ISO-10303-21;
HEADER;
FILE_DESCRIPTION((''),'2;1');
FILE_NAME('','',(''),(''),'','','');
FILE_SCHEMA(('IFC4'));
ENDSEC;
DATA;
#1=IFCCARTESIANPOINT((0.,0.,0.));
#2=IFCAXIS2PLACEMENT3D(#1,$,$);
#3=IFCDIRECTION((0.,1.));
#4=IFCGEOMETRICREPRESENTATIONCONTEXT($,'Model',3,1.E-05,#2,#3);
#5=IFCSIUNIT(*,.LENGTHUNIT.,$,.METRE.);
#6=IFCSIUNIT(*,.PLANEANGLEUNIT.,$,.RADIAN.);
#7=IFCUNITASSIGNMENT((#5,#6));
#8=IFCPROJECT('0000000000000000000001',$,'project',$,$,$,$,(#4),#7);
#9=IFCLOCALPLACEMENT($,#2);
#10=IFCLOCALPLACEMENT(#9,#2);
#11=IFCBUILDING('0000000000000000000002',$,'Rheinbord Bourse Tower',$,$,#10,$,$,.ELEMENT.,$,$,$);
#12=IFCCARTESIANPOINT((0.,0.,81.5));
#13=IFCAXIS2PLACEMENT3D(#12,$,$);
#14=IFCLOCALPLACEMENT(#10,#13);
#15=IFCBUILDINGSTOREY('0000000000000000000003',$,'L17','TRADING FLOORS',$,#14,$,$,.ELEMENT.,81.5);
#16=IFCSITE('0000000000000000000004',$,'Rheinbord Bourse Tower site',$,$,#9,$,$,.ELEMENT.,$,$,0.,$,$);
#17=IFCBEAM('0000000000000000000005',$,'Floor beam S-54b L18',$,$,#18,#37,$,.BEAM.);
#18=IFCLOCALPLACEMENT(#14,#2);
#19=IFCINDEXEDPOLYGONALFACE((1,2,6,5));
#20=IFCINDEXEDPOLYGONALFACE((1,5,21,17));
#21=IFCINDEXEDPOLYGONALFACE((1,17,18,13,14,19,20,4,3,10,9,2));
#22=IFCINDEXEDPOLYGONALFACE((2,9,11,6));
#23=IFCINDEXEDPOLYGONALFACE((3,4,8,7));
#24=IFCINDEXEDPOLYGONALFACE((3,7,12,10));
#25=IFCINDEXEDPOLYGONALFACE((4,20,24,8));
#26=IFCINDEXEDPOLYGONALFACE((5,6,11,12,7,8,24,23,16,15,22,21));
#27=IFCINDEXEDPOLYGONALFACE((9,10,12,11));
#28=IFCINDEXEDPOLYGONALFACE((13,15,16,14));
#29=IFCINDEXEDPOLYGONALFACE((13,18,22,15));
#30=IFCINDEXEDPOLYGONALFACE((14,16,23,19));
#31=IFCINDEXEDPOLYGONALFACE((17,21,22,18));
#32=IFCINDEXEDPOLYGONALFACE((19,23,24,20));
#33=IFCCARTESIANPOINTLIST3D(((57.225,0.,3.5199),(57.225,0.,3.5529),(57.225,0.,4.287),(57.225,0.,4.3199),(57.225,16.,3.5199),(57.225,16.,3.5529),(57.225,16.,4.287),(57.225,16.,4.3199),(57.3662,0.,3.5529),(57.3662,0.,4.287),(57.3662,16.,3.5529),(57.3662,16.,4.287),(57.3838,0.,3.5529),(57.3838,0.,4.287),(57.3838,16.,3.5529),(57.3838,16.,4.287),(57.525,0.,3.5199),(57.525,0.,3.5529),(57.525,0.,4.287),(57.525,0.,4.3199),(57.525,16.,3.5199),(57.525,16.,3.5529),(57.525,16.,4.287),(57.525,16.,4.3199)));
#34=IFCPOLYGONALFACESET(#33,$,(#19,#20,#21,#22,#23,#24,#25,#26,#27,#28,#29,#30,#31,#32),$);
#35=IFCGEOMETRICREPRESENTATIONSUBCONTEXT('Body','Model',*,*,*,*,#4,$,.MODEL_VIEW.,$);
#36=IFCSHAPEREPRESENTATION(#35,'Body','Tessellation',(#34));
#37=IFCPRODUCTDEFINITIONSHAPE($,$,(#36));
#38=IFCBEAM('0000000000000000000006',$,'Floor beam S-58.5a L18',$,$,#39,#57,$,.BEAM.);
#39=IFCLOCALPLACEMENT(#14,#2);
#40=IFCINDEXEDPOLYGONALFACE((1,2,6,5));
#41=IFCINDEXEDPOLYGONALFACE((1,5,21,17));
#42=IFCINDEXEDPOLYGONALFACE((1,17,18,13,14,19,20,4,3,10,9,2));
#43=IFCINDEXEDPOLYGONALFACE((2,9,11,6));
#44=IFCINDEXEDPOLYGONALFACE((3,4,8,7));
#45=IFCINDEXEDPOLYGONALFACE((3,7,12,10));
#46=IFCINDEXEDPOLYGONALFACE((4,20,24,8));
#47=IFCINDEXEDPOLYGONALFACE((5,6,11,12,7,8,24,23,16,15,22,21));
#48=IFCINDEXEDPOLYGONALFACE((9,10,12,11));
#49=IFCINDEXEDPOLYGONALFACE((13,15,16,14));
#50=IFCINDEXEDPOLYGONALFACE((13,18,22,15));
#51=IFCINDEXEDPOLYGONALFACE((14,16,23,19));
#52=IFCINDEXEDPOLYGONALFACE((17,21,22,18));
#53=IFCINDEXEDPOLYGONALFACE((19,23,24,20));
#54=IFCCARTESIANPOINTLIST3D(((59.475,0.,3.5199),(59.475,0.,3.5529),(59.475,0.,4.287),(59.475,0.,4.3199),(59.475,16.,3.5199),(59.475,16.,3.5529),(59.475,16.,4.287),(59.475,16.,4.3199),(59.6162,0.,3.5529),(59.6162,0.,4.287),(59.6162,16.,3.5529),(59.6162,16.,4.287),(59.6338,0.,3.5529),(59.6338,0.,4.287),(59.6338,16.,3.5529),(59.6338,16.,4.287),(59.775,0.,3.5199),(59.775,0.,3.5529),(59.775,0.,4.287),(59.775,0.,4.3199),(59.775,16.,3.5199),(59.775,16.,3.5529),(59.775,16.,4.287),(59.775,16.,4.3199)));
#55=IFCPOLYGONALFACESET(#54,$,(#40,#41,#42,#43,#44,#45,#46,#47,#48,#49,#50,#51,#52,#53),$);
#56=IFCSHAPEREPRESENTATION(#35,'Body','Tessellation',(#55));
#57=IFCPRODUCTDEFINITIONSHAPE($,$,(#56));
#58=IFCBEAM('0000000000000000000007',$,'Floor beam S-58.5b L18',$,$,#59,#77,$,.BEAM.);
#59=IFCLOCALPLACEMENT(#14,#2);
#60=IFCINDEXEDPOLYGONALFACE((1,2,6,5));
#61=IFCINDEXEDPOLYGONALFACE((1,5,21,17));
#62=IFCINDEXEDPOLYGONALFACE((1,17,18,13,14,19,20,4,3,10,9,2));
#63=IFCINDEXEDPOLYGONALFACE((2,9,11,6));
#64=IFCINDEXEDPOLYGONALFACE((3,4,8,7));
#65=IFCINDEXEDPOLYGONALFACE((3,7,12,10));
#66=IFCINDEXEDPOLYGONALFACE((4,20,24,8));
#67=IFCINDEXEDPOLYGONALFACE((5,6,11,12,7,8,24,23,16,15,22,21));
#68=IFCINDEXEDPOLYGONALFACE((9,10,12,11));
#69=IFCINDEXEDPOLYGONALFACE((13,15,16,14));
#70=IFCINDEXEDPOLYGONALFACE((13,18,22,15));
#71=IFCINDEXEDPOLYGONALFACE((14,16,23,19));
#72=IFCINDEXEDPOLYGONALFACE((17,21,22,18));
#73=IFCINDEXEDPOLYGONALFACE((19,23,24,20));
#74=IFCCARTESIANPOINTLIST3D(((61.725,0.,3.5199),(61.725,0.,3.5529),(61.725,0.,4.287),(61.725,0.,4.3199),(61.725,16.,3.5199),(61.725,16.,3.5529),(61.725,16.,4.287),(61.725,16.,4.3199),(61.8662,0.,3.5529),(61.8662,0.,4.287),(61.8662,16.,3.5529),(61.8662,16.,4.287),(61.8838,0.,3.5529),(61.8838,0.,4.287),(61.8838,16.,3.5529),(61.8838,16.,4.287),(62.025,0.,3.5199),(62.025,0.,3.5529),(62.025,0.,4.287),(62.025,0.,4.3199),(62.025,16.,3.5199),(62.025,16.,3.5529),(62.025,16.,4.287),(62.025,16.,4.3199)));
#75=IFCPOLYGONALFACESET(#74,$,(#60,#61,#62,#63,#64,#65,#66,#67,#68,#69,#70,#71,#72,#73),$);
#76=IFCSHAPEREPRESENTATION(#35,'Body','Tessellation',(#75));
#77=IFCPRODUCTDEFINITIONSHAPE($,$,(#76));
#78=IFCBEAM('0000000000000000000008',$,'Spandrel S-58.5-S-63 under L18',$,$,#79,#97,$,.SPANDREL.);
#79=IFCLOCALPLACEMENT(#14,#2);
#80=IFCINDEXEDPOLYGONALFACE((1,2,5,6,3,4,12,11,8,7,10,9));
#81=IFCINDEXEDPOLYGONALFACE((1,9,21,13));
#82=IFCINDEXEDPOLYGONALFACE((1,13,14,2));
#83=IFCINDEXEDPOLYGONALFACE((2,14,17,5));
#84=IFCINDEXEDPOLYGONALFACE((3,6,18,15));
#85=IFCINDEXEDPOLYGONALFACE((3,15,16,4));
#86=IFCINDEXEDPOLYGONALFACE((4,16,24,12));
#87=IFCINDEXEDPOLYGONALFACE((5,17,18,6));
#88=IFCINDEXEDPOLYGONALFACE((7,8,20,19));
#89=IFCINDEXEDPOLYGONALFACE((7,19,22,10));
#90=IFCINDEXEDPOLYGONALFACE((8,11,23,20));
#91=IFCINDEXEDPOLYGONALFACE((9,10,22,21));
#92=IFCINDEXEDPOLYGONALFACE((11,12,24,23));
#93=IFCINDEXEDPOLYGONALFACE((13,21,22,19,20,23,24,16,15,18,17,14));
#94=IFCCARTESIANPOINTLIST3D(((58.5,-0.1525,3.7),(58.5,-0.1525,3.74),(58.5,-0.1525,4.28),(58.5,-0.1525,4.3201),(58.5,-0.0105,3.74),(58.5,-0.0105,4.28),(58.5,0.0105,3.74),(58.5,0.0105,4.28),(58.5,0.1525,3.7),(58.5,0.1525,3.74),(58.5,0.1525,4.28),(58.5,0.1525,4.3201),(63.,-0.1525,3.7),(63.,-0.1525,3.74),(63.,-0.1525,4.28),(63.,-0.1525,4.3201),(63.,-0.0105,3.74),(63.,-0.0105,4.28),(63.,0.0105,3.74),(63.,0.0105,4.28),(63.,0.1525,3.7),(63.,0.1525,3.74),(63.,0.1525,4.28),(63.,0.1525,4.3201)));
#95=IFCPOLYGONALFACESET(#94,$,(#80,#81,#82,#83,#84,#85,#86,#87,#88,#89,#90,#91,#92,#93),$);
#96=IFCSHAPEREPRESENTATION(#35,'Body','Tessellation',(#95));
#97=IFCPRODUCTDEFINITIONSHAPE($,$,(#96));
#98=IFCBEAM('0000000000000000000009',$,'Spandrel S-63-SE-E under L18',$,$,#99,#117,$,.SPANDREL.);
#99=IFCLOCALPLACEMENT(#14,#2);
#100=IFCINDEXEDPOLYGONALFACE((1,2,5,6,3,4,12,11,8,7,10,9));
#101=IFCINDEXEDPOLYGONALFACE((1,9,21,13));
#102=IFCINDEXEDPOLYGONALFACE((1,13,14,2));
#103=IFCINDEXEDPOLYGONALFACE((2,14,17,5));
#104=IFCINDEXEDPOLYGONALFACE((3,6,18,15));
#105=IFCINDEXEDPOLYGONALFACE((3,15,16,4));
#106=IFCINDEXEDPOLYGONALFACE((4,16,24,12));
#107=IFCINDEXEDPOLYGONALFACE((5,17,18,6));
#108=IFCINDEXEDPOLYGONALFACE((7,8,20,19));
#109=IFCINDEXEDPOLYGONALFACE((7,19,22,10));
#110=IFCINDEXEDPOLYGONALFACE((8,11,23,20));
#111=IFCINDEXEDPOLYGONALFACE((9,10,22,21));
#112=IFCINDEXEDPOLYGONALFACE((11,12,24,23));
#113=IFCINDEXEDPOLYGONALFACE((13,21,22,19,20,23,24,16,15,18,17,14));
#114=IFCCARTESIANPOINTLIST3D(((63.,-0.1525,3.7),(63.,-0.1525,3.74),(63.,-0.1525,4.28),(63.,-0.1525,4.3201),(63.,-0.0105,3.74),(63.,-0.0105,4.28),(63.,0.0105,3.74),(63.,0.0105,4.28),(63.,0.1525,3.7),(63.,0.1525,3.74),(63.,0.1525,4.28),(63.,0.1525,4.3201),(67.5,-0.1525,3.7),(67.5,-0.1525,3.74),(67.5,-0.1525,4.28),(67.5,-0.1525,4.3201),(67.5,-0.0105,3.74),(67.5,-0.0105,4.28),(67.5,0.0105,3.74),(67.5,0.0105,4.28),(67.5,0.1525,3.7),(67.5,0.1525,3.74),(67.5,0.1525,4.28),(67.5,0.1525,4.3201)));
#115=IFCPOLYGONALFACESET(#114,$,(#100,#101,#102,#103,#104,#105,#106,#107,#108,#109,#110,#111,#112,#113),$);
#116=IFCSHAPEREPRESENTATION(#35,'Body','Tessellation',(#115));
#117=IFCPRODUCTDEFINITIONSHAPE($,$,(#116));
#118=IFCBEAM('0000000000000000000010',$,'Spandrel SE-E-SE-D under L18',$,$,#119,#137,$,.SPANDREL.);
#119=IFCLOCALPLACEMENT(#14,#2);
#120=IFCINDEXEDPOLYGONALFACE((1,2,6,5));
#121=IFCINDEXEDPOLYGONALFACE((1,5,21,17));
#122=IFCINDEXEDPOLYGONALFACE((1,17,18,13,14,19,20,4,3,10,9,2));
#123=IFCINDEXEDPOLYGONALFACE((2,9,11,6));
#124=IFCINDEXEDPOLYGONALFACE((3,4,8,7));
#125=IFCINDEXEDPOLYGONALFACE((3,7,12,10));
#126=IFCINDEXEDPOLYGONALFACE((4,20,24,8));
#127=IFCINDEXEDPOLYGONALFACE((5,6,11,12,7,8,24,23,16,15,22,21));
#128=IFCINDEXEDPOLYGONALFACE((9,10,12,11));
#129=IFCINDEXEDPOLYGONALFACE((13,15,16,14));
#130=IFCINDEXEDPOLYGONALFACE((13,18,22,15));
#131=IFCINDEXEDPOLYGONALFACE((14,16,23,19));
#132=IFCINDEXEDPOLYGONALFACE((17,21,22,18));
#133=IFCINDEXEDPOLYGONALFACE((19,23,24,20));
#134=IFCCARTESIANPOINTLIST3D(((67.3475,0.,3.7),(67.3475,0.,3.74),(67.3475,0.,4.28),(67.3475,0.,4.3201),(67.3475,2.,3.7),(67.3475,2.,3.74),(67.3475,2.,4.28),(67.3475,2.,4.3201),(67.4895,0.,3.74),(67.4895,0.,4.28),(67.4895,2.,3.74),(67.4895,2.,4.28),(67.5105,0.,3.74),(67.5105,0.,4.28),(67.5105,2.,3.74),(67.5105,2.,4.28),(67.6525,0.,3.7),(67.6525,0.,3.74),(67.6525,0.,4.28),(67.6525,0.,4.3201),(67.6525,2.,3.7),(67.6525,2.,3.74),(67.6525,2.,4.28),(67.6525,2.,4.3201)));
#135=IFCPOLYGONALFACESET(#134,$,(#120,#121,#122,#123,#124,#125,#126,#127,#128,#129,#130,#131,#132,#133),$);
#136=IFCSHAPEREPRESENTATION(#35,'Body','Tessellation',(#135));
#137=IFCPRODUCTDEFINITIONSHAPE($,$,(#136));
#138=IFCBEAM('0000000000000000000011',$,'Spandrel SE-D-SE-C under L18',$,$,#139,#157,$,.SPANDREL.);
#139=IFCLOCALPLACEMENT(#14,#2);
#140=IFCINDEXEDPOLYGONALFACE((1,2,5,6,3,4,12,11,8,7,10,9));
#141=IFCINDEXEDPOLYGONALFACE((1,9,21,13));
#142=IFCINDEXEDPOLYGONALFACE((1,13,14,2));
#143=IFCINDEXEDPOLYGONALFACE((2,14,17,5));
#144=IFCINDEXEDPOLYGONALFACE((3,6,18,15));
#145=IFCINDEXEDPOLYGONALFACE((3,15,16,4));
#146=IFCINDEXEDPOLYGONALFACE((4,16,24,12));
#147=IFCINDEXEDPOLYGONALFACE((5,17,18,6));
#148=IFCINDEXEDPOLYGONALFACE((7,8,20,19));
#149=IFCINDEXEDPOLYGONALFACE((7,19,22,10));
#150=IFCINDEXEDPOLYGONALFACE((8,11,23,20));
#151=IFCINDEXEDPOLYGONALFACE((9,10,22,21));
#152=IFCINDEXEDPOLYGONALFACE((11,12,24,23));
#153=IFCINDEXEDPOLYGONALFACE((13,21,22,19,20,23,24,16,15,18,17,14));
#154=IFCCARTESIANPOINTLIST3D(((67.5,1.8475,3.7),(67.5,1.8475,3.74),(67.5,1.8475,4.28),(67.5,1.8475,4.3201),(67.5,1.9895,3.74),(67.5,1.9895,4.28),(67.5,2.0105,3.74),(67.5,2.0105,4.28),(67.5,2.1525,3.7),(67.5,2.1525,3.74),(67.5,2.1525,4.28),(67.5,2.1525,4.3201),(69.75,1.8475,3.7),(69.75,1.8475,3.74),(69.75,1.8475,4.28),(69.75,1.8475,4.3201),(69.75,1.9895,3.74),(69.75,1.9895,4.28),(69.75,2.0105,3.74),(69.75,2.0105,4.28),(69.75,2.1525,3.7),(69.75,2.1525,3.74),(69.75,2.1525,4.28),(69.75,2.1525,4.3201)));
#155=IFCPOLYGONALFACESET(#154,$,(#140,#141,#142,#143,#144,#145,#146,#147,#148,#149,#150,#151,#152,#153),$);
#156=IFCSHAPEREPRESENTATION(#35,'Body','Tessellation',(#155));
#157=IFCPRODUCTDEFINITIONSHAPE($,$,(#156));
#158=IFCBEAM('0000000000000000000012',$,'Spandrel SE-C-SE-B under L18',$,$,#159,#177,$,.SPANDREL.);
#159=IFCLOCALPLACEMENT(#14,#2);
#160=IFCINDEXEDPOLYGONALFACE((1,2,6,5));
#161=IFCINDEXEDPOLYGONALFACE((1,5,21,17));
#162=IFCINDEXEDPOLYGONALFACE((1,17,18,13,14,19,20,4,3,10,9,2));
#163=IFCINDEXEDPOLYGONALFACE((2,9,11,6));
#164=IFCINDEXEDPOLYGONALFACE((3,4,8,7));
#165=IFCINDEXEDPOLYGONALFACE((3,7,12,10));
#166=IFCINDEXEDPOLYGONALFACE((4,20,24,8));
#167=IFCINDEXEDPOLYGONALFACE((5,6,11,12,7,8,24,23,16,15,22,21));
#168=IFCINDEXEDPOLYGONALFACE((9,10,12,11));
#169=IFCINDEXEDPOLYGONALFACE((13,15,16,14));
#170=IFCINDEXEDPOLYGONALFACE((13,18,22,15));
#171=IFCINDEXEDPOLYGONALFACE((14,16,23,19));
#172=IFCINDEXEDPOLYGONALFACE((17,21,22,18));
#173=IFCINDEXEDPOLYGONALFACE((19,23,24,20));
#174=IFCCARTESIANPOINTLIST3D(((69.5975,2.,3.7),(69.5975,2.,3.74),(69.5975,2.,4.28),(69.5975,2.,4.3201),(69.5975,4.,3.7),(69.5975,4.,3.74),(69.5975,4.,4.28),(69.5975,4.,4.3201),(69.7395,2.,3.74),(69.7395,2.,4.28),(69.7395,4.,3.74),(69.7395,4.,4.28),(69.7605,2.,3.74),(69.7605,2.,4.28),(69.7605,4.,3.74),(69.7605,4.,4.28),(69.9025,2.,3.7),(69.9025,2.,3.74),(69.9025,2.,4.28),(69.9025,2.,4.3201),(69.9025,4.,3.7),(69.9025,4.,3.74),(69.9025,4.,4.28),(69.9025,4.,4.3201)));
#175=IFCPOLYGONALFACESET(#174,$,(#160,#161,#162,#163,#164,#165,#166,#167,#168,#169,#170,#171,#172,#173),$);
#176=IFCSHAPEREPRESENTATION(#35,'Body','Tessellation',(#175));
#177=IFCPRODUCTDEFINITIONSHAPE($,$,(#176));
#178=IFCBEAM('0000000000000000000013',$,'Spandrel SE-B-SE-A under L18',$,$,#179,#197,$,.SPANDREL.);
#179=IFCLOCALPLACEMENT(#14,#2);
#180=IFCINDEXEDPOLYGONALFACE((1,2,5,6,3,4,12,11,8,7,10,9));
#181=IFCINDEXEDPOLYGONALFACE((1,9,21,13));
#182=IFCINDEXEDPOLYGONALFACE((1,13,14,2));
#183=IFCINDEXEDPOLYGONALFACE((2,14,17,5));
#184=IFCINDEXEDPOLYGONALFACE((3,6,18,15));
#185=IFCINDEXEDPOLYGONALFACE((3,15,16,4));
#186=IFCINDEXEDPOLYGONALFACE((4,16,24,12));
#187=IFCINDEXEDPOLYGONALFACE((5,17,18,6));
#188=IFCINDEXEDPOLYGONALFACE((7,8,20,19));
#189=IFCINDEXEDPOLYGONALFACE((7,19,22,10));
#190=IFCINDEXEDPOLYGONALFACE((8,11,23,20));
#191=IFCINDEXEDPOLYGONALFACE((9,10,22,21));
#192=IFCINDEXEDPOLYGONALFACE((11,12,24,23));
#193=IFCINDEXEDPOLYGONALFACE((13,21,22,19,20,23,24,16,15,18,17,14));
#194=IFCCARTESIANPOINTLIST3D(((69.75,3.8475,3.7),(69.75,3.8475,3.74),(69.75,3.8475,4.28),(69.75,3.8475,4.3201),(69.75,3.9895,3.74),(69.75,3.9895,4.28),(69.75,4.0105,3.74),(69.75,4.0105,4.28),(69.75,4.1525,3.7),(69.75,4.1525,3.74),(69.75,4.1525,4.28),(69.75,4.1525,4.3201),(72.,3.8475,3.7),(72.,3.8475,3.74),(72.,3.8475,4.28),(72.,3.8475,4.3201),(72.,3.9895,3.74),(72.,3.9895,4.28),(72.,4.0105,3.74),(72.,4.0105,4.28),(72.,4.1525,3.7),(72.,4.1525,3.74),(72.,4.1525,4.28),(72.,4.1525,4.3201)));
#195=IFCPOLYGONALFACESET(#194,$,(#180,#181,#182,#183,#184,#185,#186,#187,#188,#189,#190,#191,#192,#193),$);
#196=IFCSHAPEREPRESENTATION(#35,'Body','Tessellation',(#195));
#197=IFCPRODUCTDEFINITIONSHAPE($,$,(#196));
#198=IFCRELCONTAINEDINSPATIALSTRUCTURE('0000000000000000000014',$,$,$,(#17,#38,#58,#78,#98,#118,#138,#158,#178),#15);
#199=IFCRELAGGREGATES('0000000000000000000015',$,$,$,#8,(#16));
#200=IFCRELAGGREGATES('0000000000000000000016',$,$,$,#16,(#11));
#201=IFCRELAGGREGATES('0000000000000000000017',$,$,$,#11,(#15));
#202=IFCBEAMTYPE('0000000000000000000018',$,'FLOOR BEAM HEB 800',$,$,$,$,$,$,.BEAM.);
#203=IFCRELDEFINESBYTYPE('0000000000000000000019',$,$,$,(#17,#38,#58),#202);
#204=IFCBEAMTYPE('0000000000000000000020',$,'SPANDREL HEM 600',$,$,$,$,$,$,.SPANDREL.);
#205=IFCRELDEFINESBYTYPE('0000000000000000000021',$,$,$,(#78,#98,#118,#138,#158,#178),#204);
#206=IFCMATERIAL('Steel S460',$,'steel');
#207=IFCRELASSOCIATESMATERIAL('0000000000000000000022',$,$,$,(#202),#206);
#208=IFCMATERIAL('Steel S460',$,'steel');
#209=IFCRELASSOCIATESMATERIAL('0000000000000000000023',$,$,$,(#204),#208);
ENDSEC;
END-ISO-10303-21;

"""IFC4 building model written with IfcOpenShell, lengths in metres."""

from ifc_helpers import new_model, si_unit, direction, frame, origin, origin_2d, place, context, subcontext, project, spatial, i_section, extrude, material, material_profile, profile_set, type_object, element, save


model = new_model("IFC4")

# Units and contexts
model_context = context("Model", 3, precision=1e-05, world=origin(), true_north=direction((0.0, 1.0)))
body_context = subcontext(model_context, "Body", "Model", "MODEL_VIEW")
ifc_project = project(units=[si_unit("LENGTHUNIT", "METRE"), si_unit("PLANEANGLEUNIT", "RADIAN")], contexts=[model_context])

# Site, building, storey
site_placement = place(None, origin())
site = spatial("IfcSite", under=ifc_project, at=site_placement, Name="Rheinbord Bourse Tower site", CompositionType="ELEMENT", RefElevation=0.0)
building_placement = place(site_placement, origin())
building = spatial("IfcBuilding", under=site, at=building_placement, Name="Rheinbord Bourse Tower", CompositionType="ELEMENT")
storey_placement = place(building_placement, frame((0.0, 0.0, 81.5)))
storey = spatial("IfcBuildingStorey", under=building, at=storey_placement, Name="L17", Description="TRADING FLOORS", CompositionType="ELEMENT", Elevation=81.5)

# Beams
ifc_material_1 = material(Name="Steel S460", Category="steel")
ifc_material_profile_1 = material_profile(ifc_material_1, i_section(OverallWidth=0.3, OverallDepth=0.8, WebThickness=0.0176, FlangeThickness=0.033, at=origin_2d()), Name="HEB 800")
ifc_profile_set_1 = profile_set([ifc_material_profile_1], Name="Steel S460")
beam_type_1 = type_object("IfcBeamType", Name="FLOOR BEAM HEB 800", PredefinedType="BEAM", material=ifc_profile_set_1)
for number, where, z_axis, x_axis, name in (
    (1, (57.375, 0.0, 3.9199), (0.0, 1.0, 0.0), (-1.0, 0.0, 0.0), "Floor beam S-54b L18"),
    (2, (59.625, 0.0, 3.9199), (0.0, 1.0, 0.0), (-1.0, 0.0, 0.0), "Floor beam S-58.5a L18"),
    (3, (61.875, 0.0, 3.9199), (0.0, 1.0, 0.0), (-1.0, 0.0, 0.0), "Floor beam S-58.5b L18"),
):
    element("IfcBeam", number, at=place(storey_placement, frame(where, z_axis=z_axis, x_axis=x_axis)), inside=storey, type_object=beam_type_1, Name=name, PredefinedType="BEAM", context=body_context, shape_type="SweptSolid", body=[
        extrude(i_section(OverallWidth=0.3, OverallDepth=0.8, WebThickness=0.0176, FlangeThickness=0.033, at=origin_2d()), origin(), (0.0, 0.0, 1.0), 16.0),
    ])
ifc_material_2 = material(Name="Steel S460", Category="steel")
ifc_material_profile_2 = material_profile(ifc_material_2, i_section(OverallWidth=0.3049, OverallDepth=0.6201, WebThickness=0.021, FlangeThickness=0.04, at=origin_2d()), Name="HEM 600")
ifc_profile_set_2 = profile_set([ifc_material_profile_2], Name="Steel S460")
beam_type_2 = type_object("IfcBeamType", Name="SPANDREL HEM 600", PredefinedType="SPANDREL", material=ifc_profile_set_2)
for number, where, z_axis, x_axis, name in (
    (4, (58.5, 0.0, 4.01), (1.0, 0.0, 0.0), (0.0, 1.0, 0.0), "Spandrel S-58.5-S-63 under L18"),
    (5, (63.0, 0.0, 4.01), (1.0, 0.0, 0.0), (0.0, 1.0, 0.0), "Spandrel S-63-SE-E under L18"),
):
    element("IfcBeam", number, at=place(storey_placement, frame(where, z_axis=z_axis, x_axis=x_axis)), inside=storey, type_object=beam_type_2, Name=name, PredefinedType="SPANDREL", context=body_context, shape_type="SweptSolid", body=[
        extrude(i_section(OverallWidth=0.3049, OverallDepth=0.6201, WebThickness=0.021, FlangeThickness=0.04, at=origin_2d()), origin(), (0.0, 0.0, 1.0), 4.5),
    ])
beam_1_placement = place(storey_placement, frame((67.5, 0.0, 4.01), z_axis=(0.0, 1.0, 0.0), x_axis=(-1.0, 0.0, 0.0)))
element("IfcBeam", 6, at=beam_1_placement, inside=storey, type_object=beam_type_2, Name="Spandrel SE-E-SE-D under L18", PredefinedType="SPANDREL", context=body_context, shape_type="SweptSolid", body=[
    extrude(i_section(OverallWidth=0.3049, OverallDepth=0.6201, WebThickness=0.021, FlangeThickness=0.04, at=origin_2d()), origin(), (0.0, 0.0, 1.0), 2.0),
])
beam_2_placement = place(storey_placement, frame((67.5, 2.0, 4.01), z_axis=(1.0, 0.0, 0.0), x_axis=(0.0, 1.0, 0.0)))
element("IfcBeam", 7, at=beam_2_placement, inside=storey, type_object=beam_type_2, Name="Spandrel SE-D-SE-C under L18", PredefinedType="SPANDREL", context=body_context, shape_type="SweptSolid", body=[
    extrude(i_section(OverallWidth=0.3049, OverallDepth=0.6201, WebThickness=0.021, FlangeThickness=0.04, at=origin_2d()), origin(), (0.0, 0.0, 1.0), 2.25),
])
beam_3_placement = place(storey_placement, frame((69.75, 2.0, 4.01), z_axis=(0.0, 1.0, 0.0), x_axis=(-1.0, 0.0, 0.0)))
element("IfcBeam", 8, at=beam_3_placement, inside=storey, type_object=beam_type_2, Name="Spandrel SE-C-SE-B under L18", PredefinedType="SPANDREL", context=body_context, shape_type="SweptSolid", body=[
    extrude(i_section(OverallWidth=0.3049, OverallDepth=0.6201, WebThickness=0.021, FlangeThickness=0.04, at=origin_2d()), origin(), (0.0, 0.0, 1.0), 2.0),
])
beam_4_placement = place(storey_placement, frame((69.75, 4.0, 4.01), z_axis=(1.0, 0.0, 0.0), x_axis=(0.0, 1.0, 0.0)))
element("IfcBeam", 9, at=beam_4_placement, inside=storey, type_object=beam_type_2, Name="Spandrel SE-B-SE-A under L18", PredefinedType="SPANDREL", context=body_context, shape_type="SweptSolid", body=[
    extrude(i_section(OverallWidth=0.3049, OverallDepth=0.6201, WebThickness=0.021, FlangeThickness=0.04, at=origin_2d()), origin(), (0.0, 0.0, 1.0), 2.25),
])

save(model, "model.ifc")
